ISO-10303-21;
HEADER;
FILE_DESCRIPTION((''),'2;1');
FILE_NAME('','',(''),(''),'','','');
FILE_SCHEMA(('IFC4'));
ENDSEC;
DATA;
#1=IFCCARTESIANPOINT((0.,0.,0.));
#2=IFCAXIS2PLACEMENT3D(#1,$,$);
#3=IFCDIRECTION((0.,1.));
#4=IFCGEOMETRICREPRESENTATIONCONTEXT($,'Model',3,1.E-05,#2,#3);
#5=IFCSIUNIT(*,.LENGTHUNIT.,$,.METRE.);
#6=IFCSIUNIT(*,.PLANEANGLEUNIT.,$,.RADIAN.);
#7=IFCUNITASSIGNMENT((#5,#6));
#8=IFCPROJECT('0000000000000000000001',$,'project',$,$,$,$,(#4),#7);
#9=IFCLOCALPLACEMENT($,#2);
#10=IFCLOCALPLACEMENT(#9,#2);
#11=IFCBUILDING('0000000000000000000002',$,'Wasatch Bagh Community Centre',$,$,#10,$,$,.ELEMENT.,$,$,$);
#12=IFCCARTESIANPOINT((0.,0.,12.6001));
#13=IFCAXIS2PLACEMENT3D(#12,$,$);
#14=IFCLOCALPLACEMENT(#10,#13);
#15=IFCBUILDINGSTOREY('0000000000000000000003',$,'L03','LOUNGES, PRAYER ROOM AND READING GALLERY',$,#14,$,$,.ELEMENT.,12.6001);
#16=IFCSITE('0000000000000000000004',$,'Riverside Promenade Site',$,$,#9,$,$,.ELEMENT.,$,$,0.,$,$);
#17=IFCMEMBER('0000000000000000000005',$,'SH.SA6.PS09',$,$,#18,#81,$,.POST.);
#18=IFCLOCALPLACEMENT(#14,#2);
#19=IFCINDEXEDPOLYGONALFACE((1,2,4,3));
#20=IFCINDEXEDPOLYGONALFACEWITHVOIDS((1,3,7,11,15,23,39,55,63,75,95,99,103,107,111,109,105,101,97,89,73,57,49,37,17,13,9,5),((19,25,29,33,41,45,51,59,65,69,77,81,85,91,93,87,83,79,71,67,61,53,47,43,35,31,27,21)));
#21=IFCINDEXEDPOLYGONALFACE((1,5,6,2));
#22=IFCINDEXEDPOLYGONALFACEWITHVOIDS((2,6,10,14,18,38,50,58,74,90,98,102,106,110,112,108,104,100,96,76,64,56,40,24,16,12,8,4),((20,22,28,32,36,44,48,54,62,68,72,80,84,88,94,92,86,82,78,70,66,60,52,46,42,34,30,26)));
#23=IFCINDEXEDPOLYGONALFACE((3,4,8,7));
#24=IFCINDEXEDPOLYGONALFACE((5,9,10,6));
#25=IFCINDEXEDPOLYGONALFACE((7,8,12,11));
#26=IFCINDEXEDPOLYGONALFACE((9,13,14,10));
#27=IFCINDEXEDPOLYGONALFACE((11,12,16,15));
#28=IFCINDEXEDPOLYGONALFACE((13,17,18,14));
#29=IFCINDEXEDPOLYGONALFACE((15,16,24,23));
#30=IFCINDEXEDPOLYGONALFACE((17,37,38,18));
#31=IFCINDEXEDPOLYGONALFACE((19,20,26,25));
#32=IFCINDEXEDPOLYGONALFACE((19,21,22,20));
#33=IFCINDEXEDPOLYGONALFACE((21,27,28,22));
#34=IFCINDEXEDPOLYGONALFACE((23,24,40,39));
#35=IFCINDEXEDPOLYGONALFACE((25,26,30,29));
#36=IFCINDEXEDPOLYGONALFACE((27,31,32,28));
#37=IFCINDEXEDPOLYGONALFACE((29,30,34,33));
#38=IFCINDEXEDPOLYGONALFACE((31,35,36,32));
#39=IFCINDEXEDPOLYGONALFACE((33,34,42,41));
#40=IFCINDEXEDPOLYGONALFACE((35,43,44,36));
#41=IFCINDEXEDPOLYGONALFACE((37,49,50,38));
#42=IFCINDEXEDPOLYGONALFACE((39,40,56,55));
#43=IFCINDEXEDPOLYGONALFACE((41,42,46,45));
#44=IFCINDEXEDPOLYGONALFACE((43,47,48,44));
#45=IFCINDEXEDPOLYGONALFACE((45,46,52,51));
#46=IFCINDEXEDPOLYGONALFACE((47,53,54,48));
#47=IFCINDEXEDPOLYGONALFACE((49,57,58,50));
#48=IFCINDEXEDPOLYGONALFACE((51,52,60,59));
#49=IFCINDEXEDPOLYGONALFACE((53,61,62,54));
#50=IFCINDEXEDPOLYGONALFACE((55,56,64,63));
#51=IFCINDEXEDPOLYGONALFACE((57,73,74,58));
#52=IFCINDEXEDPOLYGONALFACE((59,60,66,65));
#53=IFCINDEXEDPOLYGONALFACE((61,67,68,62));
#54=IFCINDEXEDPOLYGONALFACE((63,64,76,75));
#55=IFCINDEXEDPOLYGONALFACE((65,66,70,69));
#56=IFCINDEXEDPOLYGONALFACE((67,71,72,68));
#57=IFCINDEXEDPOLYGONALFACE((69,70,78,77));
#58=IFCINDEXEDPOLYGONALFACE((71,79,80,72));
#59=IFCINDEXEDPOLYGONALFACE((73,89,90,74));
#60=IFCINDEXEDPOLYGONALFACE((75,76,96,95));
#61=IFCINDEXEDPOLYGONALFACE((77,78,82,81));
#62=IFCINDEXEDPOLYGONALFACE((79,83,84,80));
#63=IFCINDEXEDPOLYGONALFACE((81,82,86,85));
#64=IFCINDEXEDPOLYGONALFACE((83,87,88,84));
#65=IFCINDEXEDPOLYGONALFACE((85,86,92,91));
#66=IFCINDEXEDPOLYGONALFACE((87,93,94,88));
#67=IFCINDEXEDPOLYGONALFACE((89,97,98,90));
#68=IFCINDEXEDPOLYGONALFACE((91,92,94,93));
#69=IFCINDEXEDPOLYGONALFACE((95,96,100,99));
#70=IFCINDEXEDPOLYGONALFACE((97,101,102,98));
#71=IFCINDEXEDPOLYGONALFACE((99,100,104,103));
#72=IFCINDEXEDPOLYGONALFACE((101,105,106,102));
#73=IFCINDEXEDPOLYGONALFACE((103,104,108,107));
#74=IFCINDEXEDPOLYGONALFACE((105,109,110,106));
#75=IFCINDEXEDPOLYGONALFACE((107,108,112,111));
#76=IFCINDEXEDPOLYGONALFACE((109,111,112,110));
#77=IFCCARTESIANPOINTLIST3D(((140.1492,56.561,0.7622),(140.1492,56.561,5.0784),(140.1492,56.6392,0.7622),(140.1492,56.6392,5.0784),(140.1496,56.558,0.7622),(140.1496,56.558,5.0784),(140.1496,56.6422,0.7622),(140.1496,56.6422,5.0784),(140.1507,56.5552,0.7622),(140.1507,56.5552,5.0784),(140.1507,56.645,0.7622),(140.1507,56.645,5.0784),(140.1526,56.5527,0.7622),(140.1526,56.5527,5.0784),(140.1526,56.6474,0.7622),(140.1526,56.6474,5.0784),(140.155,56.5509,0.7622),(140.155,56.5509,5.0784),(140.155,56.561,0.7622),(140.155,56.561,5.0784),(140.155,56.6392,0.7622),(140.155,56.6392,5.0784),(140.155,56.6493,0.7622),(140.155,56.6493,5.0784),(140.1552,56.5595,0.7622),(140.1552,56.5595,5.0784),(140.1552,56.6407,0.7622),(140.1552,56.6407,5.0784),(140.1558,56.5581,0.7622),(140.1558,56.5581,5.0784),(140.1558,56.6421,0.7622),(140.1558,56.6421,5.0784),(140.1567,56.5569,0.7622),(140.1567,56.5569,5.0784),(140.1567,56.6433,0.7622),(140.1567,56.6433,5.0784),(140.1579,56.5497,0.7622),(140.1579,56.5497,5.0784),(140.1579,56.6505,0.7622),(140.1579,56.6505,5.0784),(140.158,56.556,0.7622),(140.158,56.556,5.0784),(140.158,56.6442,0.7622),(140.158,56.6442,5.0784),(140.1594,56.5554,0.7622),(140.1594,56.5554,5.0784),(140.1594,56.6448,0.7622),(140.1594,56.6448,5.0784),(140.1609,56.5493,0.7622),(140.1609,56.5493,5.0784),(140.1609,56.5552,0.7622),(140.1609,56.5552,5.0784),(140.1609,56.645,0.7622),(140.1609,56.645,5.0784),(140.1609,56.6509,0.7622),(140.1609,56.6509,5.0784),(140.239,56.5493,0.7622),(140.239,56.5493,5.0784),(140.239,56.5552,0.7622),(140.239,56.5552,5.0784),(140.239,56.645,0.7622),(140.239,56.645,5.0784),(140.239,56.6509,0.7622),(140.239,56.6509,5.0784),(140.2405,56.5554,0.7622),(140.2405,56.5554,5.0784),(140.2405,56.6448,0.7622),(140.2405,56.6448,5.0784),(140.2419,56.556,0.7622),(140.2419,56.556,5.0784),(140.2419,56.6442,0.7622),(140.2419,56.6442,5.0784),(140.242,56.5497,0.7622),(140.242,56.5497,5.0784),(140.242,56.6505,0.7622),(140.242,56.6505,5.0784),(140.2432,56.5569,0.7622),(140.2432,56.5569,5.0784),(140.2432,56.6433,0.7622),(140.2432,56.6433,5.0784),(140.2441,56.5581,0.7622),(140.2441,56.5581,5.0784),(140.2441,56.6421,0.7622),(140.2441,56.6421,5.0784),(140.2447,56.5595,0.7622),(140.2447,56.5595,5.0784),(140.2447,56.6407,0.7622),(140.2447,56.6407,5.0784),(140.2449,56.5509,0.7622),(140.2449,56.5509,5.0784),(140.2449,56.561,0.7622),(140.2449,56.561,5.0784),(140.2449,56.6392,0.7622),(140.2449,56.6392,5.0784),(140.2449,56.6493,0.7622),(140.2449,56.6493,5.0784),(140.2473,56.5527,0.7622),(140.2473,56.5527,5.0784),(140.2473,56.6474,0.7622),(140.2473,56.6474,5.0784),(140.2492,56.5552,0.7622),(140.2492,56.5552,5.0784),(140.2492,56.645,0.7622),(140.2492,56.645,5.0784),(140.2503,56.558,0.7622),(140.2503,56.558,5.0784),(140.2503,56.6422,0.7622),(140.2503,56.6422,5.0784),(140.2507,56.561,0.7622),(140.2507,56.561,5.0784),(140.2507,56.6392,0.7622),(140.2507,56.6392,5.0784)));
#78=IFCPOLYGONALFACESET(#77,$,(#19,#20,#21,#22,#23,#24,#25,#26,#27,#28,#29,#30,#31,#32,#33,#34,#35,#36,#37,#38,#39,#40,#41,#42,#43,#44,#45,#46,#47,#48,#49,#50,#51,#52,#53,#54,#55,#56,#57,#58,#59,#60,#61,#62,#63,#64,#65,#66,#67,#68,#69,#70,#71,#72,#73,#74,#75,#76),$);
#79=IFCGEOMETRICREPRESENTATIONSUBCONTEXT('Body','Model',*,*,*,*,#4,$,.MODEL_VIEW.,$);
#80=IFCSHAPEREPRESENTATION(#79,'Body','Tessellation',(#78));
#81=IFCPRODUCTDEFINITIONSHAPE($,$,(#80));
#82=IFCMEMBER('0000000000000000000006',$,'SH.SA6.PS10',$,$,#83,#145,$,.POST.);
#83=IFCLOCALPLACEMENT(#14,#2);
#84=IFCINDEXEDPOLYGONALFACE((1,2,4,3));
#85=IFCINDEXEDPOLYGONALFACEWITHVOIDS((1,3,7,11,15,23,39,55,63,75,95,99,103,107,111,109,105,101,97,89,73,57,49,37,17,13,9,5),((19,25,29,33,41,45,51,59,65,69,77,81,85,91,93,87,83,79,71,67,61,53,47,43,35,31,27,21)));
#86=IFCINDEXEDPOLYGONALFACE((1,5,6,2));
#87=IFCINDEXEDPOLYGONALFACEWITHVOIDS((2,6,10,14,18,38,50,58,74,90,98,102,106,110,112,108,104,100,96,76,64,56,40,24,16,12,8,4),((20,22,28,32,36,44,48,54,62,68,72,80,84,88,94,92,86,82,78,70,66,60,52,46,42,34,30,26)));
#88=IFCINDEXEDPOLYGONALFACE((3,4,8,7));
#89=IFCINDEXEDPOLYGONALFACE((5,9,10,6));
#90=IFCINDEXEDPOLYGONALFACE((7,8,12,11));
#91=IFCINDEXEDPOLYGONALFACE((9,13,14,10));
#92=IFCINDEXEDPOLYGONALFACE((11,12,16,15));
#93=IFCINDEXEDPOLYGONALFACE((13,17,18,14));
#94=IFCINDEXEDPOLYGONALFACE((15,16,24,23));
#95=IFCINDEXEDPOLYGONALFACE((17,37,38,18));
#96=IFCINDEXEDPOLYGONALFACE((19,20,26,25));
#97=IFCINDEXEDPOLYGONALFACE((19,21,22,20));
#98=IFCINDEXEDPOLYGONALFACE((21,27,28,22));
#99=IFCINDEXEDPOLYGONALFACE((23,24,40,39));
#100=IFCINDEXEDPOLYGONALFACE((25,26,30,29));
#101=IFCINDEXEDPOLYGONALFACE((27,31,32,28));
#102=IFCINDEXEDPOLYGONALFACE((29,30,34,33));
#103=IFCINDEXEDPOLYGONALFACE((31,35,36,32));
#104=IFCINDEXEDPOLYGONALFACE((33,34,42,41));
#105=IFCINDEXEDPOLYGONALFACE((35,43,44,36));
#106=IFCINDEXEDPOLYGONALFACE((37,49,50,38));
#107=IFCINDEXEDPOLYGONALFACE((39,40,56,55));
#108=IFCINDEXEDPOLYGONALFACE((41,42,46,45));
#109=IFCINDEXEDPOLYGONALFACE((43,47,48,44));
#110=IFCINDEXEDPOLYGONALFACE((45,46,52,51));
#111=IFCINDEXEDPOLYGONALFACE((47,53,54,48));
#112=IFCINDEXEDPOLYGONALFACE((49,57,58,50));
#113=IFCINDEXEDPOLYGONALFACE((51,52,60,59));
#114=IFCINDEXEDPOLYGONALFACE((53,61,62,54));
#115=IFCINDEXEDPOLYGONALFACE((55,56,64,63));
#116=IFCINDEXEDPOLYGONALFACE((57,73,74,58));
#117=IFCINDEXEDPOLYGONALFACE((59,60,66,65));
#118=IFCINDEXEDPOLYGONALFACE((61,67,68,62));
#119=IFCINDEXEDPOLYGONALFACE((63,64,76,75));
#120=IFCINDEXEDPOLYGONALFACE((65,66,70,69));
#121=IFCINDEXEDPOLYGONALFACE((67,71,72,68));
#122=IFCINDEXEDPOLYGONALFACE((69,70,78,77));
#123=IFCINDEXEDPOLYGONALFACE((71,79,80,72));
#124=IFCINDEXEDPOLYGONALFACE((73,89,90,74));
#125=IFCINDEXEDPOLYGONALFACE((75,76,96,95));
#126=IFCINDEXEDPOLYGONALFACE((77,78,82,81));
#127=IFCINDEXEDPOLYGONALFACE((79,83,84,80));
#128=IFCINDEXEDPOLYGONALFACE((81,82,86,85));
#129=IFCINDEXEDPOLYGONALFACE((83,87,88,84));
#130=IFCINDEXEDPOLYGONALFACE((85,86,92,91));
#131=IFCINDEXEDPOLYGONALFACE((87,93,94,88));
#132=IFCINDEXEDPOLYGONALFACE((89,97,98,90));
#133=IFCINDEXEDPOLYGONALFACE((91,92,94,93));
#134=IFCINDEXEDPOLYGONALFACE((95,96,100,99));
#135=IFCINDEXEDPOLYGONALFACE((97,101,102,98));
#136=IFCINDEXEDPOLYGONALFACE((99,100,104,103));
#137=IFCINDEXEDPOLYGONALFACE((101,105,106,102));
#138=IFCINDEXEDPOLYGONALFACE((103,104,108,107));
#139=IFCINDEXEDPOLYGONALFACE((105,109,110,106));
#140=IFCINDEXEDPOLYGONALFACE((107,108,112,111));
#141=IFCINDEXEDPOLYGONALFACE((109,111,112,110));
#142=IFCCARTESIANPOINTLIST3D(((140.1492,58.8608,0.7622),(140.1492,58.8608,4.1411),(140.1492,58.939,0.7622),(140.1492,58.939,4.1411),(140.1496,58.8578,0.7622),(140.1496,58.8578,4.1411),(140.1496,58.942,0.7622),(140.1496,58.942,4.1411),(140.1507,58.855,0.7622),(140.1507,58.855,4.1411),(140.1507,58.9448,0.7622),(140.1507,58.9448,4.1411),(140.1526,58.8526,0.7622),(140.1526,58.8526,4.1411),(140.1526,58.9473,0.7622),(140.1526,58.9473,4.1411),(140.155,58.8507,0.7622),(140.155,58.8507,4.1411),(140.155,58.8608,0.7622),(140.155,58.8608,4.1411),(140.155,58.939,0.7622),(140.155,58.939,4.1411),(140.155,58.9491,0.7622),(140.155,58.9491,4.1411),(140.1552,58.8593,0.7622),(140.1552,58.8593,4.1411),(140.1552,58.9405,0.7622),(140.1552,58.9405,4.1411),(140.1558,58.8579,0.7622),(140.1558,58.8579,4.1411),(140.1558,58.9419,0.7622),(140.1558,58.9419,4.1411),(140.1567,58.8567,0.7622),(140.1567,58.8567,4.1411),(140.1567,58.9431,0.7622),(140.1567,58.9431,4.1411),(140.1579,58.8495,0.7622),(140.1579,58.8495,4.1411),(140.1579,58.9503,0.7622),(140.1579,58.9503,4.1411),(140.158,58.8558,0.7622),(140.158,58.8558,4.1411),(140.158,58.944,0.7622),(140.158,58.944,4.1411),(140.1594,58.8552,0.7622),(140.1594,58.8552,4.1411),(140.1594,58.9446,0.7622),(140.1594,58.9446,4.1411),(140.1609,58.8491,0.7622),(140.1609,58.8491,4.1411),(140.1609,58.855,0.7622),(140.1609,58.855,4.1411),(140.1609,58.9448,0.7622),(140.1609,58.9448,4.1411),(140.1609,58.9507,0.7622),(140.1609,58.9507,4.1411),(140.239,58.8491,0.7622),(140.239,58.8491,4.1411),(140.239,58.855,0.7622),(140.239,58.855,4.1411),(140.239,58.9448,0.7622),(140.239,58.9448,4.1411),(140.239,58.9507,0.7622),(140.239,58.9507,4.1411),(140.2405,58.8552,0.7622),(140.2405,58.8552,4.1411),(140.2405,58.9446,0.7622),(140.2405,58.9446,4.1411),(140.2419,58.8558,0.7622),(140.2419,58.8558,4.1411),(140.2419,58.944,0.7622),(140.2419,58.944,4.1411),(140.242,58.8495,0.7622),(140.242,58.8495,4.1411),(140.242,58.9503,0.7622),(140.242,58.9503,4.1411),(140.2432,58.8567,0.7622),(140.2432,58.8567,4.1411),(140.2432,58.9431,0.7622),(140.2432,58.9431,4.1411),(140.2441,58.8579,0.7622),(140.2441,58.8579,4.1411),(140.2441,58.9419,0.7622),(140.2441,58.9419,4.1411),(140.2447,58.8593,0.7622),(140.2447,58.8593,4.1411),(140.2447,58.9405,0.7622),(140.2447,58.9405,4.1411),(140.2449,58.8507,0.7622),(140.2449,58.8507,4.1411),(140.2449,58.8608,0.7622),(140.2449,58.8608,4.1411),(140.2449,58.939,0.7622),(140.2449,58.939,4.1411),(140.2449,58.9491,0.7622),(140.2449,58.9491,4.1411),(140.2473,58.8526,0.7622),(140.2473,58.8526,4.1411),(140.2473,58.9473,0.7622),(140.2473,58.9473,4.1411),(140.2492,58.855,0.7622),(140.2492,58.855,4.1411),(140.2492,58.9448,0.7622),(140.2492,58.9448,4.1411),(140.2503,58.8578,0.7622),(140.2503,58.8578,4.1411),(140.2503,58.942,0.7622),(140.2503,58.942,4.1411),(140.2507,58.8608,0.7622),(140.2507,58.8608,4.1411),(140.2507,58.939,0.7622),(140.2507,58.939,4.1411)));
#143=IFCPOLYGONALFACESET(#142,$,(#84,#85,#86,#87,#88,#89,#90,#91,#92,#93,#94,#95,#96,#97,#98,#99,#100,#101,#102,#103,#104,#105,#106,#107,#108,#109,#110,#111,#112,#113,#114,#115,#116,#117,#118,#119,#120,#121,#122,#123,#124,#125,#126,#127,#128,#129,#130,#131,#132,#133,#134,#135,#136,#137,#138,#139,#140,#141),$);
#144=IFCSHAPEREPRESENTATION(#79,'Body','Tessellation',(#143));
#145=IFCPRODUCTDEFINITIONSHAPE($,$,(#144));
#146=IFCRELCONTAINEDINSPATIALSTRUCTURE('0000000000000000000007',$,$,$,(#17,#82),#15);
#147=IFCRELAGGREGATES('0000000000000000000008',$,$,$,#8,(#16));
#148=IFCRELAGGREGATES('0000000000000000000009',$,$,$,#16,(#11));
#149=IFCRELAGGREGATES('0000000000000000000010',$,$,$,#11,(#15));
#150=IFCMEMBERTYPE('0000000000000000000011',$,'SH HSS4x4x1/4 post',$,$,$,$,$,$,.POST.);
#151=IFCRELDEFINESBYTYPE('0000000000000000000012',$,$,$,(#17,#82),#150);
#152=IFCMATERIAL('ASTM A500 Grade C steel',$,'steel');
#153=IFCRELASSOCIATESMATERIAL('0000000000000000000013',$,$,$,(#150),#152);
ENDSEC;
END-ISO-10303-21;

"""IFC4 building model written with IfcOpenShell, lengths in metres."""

from ifc_helpers import new_model, si_unit, direction, frame, origin, origin_2d, place, context, subcontext, project, spatial, hollow_rectangle, extrude, material, material_profile, profile_set, type_object, element, save


model = new_model("IFC4")

# Units and contexts
model_context = context("Model", 3, precision=1e-05, world=origin(), true_north=direction((0.0, 1.0)))
body_context = subcontext(model_context, "Body", "Model", "MODEL_VIEW")
ifc_project = project(units=[si_unit("LENGTHUNIT", "METRE"), si_unit("PLANEANGLEUNIT", "RADIAN")], contexts=[model_context])

# Site, building, storey
site_placement = place(None, origin())
site = spatial("IfcSite", under=ifc_project, at=site_placement, Name="Riverside Promenade Site", CompositionType="ELEMENT", RefElevation=0.0)
building_placement = place(site_placement, origin())
building = spatial("IfcBuilding", under=site, at=building_placement, Name="Wasatch Bagh Community Centre", CompositionType="ELEMENT")
storey_placement = place(building_placement, frame((0.0, 0.0, 12.6001)))
storey = spatial("IfcBuildingStorey", under=building, at=storey_placement, Name="L03", Description="LOUNGES, PRAYER ROOM AND READING GALLERY", CompositionType="ELEMENT", Elevation=12.6001)

# Members
ifc_material_1 = material(Name="ASTM A500 Grade C steel", Category="steel")
ifc_material_profile_1 = material_profile(ifc_material_1, hollow_rectangle(XDim=0.1016, YDim=0.1016, WallThickness=0.0059, InnerFilletRadius=0.0059, OuterFilletRadius=0.0117, at=origin_2d()), Name="HSS4x4x1/4")
ifc_profile_set_1 = profile_set([ifc_material_profile_1], Name="ASTM A500 Grade C steel")
member_type_1 = type_object("IfcMemberType", Name="SH HSS4x4x1/4 post", PredefinedType="POST", material=ifc_profile_set_1)
member_1_placement = place(storey_placement, frame((140.2, 56.6001, 0.7622), z_axis=(0.0, 0.0, 1.0), x_axis=(1.0, 0.0, 0.0)))
element("IfcMember", 1, at=member_1_placement, inside=storey, type_object=member_type_1, Name="SH.SA6.PS09", PredefinedType="POST", context=body_context, shape_type="SweptSolid", body=[
    extrude(hollow_rectangle(XDim=0.1016, YDim=0.1016, WallThickness=0.0059, InnerFilletRadius=0.0059, OuterFilletRadius=0.0117, at=origin_2d()), origin(), (0.0, 0.0, 1.0), 4.3162),
])
member_2_placement = place(storey_placement, frame((140.2, 58.8999, 0.7622), z_axis=(0.0, 0.0, 1.0), x_axis=(1.0, 0.0, 0.0)))
element("IfcMember", 2, at=member_2_placement, inside=storey, type_object=member_type_1, Name="SH.SA6.PS10", PredefinedType="POST", context=body_context, shape_type="SweptSolid", body=[
    extrude(hollow_rectangle(XDim=0.1016, YDim=0.1016, WallThickness=0.0059, InnerFilletRadius=0.0059, OuterFilletRadius=0.0117, at=origin_2d()), origin(), (0.0, 0.0, 1.0), 3.3789),
])

save(model, "model.ifc")
